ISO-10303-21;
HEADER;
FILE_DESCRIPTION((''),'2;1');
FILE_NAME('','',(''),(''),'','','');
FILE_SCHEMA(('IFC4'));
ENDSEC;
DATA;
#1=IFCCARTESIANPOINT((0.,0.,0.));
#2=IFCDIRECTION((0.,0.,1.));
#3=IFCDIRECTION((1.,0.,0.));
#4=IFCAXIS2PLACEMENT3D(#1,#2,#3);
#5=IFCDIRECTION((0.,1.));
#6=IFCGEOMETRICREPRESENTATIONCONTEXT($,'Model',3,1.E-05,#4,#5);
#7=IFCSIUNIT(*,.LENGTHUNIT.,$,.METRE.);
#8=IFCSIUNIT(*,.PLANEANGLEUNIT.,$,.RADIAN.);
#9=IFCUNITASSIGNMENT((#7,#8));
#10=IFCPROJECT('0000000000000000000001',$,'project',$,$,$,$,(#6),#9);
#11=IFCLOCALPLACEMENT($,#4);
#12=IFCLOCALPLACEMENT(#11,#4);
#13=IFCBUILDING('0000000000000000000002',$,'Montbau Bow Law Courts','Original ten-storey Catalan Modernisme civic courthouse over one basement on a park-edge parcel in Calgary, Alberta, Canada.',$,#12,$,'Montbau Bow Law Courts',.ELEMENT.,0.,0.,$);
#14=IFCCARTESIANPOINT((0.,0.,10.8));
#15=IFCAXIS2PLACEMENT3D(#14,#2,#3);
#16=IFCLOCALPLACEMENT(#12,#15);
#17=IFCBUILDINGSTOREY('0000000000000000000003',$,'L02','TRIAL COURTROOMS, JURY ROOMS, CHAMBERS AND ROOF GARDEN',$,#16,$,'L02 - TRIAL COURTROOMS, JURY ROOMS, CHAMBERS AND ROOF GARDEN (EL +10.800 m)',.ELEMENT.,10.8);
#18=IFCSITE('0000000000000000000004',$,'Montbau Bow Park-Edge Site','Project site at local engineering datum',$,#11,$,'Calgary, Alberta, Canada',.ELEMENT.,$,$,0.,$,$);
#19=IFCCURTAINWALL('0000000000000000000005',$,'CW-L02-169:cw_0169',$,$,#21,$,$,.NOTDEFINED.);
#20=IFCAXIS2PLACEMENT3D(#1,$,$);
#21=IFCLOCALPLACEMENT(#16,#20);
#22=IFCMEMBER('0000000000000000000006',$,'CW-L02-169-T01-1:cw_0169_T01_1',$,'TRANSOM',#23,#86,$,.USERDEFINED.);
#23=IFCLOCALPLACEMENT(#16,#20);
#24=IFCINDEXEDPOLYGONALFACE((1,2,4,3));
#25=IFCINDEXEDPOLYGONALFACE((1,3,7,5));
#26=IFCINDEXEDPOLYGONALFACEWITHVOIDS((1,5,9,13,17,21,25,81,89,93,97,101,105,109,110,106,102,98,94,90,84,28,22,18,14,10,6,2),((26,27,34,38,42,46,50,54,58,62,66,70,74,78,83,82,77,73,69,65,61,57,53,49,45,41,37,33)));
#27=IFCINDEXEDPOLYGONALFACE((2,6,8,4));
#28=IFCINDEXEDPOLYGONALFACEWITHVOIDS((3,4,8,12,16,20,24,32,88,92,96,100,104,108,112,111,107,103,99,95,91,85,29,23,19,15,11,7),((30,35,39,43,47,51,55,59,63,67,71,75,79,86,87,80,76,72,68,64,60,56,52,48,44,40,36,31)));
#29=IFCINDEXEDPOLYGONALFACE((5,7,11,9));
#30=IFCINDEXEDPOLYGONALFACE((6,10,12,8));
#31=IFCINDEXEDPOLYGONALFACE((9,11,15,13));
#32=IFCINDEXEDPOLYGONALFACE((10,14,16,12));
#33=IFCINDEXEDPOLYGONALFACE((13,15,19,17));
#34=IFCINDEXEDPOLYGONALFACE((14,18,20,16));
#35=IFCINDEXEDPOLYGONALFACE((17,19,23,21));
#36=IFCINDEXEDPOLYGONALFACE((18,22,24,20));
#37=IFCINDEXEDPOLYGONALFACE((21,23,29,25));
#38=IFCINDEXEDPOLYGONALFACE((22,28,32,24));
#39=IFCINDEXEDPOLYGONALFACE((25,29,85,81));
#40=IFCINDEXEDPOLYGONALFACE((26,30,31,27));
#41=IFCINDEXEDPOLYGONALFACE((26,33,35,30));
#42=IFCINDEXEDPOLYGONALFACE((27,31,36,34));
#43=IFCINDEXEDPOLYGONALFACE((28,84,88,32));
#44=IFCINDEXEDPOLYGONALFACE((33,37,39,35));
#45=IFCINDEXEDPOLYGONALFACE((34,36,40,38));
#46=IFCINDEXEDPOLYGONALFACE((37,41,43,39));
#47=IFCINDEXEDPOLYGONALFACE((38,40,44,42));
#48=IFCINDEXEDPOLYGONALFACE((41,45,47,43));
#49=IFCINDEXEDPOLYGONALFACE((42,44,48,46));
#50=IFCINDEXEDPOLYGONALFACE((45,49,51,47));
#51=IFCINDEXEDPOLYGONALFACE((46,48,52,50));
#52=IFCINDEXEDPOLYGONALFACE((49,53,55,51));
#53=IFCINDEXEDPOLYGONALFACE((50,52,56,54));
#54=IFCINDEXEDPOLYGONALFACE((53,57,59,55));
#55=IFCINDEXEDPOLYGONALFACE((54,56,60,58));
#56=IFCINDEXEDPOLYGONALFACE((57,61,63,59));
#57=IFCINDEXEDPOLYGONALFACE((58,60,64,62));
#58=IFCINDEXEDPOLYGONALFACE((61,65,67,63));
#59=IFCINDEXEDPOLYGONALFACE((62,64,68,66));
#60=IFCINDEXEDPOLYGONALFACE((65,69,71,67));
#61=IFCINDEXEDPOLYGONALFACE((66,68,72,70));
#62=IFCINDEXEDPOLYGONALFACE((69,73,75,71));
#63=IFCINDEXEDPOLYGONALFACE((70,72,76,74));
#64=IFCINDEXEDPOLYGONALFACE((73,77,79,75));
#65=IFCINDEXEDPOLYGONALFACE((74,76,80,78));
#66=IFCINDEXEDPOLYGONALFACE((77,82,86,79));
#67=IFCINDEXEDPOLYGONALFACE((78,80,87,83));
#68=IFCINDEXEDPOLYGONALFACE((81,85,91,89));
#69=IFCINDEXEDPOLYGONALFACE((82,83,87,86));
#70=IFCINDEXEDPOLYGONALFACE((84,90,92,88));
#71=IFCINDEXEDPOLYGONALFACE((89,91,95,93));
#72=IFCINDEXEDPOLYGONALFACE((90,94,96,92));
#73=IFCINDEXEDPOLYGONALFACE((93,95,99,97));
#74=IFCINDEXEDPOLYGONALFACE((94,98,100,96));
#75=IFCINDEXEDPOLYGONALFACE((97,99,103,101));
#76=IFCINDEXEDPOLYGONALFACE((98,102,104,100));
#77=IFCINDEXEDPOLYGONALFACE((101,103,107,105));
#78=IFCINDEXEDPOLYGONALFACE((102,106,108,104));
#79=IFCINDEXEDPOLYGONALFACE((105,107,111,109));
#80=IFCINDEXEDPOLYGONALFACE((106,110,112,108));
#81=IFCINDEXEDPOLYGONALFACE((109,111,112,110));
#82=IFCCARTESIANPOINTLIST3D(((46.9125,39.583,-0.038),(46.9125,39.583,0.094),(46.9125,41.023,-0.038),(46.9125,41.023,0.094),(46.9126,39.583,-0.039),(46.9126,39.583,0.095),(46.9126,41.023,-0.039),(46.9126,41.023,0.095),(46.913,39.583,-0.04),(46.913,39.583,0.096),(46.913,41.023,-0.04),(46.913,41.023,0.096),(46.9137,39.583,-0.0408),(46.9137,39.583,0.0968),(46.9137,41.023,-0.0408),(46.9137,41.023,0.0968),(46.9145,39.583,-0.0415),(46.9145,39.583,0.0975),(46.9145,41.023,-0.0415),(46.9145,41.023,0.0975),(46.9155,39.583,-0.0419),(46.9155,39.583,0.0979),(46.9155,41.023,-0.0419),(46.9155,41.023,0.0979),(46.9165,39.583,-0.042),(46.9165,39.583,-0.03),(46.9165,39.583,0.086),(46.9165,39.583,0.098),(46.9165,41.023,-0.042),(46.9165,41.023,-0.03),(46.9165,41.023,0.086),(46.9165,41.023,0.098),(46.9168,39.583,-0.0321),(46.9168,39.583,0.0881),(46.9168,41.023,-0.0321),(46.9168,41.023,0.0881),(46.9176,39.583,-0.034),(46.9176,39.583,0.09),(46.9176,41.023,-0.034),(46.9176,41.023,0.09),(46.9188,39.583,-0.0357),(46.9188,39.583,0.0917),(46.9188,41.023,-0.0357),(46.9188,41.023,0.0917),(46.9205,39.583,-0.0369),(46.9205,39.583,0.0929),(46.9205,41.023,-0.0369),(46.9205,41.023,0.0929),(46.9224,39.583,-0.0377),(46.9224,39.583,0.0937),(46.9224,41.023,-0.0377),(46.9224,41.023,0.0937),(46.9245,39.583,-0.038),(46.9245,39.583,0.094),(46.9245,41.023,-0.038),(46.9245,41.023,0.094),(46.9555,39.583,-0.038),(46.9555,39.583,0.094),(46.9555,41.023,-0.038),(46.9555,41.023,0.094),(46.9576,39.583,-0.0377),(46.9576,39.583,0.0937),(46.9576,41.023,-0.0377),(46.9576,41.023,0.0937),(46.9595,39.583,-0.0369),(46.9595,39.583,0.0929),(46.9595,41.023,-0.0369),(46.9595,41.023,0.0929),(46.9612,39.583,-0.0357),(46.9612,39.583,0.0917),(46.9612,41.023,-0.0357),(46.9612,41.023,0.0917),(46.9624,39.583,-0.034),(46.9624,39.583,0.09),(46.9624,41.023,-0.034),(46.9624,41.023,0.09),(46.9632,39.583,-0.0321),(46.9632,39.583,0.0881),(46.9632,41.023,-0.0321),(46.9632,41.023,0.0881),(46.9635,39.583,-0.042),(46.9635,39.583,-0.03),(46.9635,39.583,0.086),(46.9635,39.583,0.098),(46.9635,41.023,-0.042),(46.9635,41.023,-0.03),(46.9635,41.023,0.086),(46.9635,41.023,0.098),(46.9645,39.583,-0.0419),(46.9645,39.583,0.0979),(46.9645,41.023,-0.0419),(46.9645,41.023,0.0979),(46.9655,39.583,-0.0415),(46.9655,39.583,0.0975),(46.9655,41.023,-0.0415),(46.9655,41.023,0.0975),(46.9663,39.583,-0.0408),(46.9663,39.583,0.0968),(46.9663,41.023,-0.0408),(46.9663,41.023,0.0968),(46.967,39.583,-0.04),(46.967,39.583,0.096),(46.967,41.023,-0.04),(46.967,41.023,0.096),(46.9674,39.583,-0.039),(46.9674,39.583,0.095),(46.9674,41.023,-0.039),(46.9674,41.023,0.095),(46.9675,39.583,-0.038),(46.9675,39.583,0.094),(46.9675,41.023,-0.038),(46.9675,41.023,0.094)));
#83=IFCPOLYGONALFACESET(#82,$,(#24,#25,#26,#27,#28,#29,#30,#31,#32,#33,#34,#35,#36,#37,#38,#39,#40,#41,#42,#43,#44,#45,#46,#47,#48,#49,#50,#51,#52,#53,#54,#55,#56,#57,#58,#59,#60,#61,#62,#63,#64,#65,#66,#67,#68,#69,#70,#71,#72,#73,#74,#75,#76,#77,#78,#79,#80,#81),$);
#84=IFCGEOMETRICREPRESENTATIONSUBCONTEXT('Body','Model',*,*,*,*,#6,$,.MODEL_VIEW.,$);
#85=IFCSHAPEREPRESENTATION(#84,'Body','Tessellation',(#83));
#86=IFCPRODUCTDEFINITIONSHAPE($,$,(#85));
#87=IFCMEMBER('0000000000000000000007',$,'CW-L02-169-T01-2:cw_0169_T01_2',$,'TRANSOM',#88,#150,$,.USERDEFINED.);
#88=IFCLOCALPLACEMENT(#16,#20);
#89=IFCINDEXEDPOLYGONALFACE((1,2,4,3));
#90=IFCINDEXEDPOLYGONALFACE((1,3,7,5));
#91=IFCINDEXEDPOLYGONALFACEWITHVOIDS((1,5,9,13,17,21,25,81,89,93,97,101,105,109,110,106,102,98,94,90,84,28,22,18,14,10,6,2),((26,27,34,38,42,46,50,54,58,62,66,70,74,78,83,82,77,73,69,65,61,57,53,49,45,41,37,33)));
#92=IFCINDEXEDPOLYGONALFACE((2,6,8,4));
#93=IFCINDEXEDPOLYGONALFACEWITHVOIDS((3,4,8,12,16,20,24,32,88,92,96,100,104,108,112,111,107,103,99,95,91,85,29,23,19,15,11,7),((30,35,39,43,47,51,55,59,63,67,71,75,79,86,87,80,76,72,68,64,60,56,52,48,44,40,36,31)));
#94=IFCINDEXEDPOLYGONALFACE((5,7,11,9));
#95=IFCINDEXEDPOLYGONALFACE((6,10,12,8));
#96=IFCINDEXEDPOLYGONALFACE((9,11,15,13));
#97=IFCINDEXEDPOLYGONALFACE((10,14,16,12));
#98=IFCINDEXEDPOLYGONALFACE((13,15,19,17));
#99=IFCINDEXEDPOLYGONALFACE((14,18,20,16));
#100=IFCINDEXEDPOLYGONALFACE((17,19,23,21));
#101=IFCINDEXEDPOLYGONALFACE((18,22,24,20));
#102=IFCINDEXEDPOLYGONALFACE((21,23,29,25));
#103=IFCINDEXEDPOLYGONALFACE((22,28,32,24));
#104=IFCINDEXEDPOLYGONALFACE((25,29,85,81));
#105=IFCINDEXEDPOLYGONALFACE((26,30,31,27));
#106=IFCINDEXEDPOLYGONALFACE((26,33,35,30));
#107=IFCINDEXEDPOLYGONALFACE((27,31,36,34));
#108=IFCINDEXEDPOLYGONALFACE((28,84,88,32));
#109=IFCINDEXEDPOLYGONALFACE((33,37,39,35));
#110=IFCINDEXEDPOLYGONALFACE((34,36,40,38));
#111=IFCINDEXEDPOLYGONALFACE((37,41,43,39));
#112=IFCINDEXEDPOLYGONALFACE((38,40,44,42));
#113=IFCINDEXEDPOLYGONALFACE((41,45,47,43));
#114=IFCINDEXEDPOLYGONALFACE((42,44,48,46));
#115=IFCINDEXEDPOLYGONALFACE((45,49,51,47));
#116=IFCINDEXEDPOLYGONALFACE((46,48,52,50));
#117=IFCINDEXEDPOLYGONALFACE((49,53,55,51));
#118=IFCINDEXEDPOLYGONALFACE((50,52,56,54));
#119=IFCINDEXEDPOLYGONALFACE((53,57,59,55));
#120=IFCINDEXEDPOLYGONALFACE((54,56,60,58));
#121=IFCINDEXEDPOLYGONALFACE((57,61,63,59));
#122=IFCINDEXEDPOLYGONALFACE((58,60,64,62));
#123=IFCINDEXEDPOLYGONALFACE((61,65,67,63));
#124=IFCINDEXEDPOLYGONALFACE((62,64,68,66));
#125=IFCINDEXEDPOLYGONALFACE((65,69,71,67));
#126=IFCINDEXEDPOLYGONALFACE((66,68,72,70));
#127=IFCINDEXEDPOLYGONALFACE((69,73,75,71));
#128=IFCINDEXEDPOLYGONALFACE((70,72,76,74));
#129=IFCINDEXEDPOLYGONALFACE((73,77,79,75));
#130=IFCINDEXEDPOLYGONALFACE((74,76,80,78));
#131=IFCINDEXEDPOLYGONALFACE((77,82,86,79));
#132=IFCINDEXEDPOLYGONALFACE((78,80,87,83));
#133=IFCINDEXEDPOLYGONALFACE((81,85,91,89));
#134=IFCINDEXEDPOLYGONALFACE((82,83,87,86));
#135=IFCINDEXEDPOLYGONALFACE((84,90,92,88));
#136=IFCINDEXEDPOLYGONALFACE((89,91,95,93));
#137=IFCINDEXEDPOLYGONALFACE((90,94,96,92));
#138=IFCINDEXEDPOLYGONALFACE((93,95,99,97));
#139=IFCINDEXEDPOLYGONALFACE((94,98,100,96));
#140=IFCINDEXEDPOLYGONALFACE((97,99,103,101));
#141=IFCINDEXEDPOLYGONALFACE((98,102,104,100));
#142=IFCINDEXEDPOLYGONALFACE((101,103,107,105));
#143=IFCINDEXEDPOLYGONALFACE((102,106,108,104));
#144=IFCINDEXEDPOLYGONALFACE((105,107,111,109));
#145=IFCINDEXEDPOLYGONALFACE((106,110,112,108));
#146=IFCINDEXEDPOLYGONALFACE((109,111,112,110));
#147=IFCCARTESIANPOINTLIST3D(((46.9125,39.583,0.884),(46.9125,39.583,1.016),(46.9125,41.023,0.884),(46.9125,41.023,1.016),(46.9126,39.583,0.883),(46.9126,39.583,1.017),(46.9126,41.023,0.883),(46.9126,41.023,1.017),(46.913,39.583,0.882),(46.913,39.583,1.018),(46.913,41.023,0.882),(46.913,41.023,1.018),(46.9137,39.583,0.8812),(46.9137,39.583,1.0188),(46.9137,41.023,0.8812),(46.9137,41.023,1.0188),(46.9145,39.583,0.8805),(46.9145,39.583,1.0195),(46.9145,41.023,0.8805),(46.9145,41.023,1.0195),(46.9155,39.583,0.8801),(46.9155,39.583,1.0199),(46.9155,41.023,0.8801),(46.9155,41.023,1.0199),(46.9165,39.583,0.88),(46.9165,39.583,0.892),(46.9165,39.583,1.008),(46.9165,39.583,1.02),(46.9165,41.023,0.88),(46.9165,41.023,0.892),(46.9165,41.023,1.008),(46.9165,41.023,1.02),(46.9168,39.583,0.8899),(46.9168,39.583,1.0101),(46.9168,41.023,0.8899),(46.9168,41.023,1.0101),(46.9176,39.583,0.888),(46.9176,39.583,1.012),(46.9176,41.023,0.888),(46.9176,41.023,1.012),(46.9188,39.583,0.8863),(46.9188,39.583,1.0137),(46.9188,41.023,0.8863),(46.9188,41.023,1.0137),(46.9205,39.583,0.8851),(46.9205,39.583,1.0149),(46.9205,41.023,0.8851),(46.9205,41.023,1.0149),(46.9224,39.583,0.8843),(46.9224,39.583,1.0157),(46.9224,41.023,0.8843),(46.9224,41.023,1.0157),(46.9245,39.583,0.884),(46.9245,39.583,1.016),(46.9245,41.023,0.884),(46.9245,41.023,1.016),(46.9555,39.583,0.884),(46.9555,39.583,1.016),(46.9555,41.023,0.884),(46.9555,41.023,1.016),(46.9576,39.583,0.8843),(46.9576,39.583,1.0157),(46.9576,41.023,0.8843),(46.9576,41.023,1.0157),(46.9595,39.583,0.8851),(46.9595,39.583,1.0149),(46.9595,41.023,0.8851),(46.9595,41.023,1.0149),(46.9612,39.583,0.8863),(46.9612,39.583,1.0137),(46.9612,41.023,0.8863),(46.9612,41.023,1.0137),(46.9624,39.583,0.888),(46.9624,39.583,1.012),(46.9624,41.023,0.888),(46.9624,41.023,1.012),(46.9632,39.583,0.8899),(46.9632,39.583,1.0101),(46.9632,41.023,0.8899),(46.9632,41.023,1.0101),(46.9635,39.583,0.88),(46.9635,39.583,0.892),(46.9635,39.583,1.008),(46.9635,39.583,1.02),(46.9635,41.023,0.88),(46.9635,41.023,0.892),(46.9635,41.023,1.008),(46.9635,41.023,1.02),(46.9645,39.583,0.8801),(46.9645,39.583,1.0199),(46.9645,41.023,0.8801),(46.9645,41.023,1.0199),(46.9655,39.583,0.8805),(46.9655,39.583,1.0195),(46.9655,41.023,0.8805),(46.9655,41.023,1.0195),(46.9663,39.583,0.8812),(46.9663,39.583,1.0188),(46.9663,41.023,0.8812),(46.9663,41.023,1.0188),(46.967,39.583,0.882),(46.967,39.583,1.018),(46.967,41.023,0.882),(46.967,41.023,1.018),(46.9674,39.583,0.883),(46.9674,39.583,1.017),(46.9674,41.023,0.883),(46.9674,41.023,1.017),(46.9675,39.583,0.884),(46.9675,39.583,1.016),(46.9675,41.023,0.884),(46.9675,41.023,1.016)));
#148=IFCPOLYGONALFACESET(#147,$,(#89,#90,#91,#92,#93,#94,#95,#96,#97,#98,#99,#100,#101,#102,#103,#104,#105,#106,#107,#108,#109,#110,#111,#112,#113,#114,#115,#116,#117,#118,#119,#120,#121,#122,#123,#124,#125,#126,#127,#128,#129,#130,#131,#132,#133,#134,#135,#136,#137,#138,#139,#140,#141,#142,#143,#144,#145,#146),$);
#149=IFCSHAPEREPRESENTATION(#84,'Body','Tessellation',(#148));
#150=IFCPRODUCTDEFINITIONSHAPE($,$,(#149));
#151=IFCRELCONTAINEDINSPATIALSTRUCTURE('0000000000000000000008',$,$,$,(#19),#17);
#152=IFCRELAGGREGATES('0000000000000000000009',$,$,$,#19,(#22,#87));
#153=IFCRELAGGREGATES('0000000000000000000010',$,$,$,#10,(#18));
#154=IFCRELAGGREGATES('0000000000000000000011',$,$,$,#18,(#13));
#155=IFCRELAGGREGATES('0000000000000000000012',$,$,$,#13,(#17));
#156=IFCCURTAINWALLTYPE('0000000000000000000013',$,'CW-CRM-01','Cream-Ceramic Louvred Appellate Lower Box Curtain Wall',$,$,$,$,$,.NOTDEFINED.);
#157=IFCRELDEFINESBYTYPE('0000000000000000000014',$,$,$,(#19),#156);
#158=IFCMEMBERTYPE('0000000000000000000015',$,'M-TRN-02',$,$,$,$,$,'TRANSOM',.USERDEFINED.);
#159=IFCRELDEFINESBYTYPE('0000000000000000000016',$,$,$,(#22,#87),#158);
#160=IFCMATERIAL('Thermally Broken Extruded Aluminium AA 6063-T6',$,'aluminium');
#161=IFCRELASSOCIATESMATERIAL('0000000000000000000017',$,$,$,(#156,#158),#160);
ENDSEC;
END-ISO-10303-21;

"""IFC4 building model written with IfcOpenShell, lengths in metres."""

from ifc_helpers import new_model, si_unit, direction, frame, origin_with_axes, origin_2d_with_axis, place, context, subcontext, project, spatial, hollow_rectangle, extrude, material, material_profile, profile_set, type_object, element, aggregate, save


model = new_model("IFC4")

# Units and contexts
model_context = context("Model", 3, precision=1e-05, world=origin_with_axes(), true_north=direction((0.0, 1.0)))
body_context = subcontext(model_context, "Body", "Model", "MODEL_VIEW")
ifc_project = project(units=[si_unit("LENGTHUNIT", "METRE"), si_unit("PLANEANGLEUNIT", "RADIAN")], contexts=[model_context])

# Site, building, storey
site_placement = place(None, origin_with_axes())
site = spatial("IfcSite", under=ifc_project, at=site_placement, Name="Montbau Bow Park-Edge Site", Description="Project site at local engineering datum", LongName="Calgary, Alberta, Canada", CompositionType="ELEMENT", RefElevation=0.0)
building_placement = place(site_placement, origin_with_axes())
building = spatial("IfcBuilding", under=site, at=building_placement, Name="Montbau Bow Law Courts", Description="Original ten-storey Catalan Modernisme civic courthouse over one basement on a park-edge parcel in Calgary, Alberta, Canada.", LongName="Montbau Bow Law Courts", CompositionType="ELEMENT", ElevationOfRefHeight=0.0, ElevationOfTerrain=0.0)
storey_placement = place(building_placement, frame((0.0, 0.0, 10.8), z_axis=(0.0, 0.0, 1.0), x_axis=(1.0, 0.0, 0.0)))
storey = spatial("IfcBuildingStorey", under=building, at=storey_placement, Name="L02", Description="TRIAL COURTROOMS, JURY ROOMS, CHAMBERS AND ROOF GARDEN", LongName="L02 - TRIAL COURTROOMS, JURY ROOMS, CHAMBERS AND ROOF GARDEN (EL +10.800 m)", CompositionType="ELEMENT", Elevation=10.8)

# Curtain wall
ifc_material_1 = material(Name="Thermally Broken Extruded Aluminium AA 6063-T6", Category="aluminium")
curtain_wall_type_1 = type_object("IfcCurtainWallType", Name="CW-CRM-01", Description="Cream-Ceramic Louvred Appellate Lower Box Curtain Wall", PredefinedType="NOTDEFINED", material=ifc_material_1)
curtain_wall_1_placement = place(None, frame((46.94, 39.515, 10.8), z_axis=(0.0, 0.0, 1.0), x_axis=(1.0, 0.0, 0.0)))
curtain_wall_1 = element("IfcCurtainWall", 1, at=curtain_wall_1_placement, inside=storey, type_object=curtain_wall_type_1, Name="CW-L02-169:cw_0169", PredefinedType="NOTDEFINED")

# Members
ifc_material_profile_1 = material_profile(ifc_material_1, hollow_rectangle(XDim=0.055, YDim=0.14, WallThickness=0.004, InnerFilletRadius=0.008, OuterFilletRadius=0.004, at=origin_2d_with_axis()), Name="CWT-140X55", Category="Main", Priority=0)
ifc_profile_set_1 = profile_set([ifc_material_profile_1], Name="Thermally Broken Extruded Aluminium AA 6063-T6")
member_type_1 = type_object("IfcMemberType", Name="M-TRN-02", ElementType="TRANSOM", PredefinedType="USERDEFINED", material=ifc_profile_set_1)
member_1_placement = place(None, frame((46.94, 39.583, 10.828), z_axis=(0.0, 1.0, 0.0), x_axis=(-1.0, 0.0, 0.0)))
member_1 = element("IfcMember", 2, at=member_1_placement, type_object=member_type_1, Name="CW-L02-169-T01-1:cw_0169_T01_1", ObjectType="TRANSOM", PredefinedType="USERDEFINED", context=body_context, shape_type="SweptSolid", body=[
    extrude(hollow_rectangle(XDim=0.055, YDim=0.14, WallThickness=0.004, InnerFilletRadius=0.008, OuterFilletRadius=0.004, at=origin_2d_with_axis()), origin_with_axes(), (0.0, 0.0, 1.0), 1.44),
])
member_2_placement = place(None, frame((46.94, 39.583, 11.75), z_axis=(0.0, 1.0, 0.0), x_axis=(-1.0, 0.0, 0.0)))
member_2 = element("IfcMember", 3, at=member_2_placement, type_object=member_type_1, Name="CW-L02-169-T01-2:cw_0169_T01_2", ObjectType="TRANSOM", PredefinedType="USERDEFINED", context=body_context, shape_type="SweptSolid", body=[
    extrude(hollow_rectangle(XDim=0.055, YDim=0.14, WallThickness=0.004, InnerFilletRadius=0.008, OuterFilletRadius=0.004, at=origin_2d_with_axis()), origin_with_axes(), (0.0, 0.0, 1.0), 1.44),
])

aggregate(curtain_wall_1, [member_1, member_2])

save(model, "model.ifc")
